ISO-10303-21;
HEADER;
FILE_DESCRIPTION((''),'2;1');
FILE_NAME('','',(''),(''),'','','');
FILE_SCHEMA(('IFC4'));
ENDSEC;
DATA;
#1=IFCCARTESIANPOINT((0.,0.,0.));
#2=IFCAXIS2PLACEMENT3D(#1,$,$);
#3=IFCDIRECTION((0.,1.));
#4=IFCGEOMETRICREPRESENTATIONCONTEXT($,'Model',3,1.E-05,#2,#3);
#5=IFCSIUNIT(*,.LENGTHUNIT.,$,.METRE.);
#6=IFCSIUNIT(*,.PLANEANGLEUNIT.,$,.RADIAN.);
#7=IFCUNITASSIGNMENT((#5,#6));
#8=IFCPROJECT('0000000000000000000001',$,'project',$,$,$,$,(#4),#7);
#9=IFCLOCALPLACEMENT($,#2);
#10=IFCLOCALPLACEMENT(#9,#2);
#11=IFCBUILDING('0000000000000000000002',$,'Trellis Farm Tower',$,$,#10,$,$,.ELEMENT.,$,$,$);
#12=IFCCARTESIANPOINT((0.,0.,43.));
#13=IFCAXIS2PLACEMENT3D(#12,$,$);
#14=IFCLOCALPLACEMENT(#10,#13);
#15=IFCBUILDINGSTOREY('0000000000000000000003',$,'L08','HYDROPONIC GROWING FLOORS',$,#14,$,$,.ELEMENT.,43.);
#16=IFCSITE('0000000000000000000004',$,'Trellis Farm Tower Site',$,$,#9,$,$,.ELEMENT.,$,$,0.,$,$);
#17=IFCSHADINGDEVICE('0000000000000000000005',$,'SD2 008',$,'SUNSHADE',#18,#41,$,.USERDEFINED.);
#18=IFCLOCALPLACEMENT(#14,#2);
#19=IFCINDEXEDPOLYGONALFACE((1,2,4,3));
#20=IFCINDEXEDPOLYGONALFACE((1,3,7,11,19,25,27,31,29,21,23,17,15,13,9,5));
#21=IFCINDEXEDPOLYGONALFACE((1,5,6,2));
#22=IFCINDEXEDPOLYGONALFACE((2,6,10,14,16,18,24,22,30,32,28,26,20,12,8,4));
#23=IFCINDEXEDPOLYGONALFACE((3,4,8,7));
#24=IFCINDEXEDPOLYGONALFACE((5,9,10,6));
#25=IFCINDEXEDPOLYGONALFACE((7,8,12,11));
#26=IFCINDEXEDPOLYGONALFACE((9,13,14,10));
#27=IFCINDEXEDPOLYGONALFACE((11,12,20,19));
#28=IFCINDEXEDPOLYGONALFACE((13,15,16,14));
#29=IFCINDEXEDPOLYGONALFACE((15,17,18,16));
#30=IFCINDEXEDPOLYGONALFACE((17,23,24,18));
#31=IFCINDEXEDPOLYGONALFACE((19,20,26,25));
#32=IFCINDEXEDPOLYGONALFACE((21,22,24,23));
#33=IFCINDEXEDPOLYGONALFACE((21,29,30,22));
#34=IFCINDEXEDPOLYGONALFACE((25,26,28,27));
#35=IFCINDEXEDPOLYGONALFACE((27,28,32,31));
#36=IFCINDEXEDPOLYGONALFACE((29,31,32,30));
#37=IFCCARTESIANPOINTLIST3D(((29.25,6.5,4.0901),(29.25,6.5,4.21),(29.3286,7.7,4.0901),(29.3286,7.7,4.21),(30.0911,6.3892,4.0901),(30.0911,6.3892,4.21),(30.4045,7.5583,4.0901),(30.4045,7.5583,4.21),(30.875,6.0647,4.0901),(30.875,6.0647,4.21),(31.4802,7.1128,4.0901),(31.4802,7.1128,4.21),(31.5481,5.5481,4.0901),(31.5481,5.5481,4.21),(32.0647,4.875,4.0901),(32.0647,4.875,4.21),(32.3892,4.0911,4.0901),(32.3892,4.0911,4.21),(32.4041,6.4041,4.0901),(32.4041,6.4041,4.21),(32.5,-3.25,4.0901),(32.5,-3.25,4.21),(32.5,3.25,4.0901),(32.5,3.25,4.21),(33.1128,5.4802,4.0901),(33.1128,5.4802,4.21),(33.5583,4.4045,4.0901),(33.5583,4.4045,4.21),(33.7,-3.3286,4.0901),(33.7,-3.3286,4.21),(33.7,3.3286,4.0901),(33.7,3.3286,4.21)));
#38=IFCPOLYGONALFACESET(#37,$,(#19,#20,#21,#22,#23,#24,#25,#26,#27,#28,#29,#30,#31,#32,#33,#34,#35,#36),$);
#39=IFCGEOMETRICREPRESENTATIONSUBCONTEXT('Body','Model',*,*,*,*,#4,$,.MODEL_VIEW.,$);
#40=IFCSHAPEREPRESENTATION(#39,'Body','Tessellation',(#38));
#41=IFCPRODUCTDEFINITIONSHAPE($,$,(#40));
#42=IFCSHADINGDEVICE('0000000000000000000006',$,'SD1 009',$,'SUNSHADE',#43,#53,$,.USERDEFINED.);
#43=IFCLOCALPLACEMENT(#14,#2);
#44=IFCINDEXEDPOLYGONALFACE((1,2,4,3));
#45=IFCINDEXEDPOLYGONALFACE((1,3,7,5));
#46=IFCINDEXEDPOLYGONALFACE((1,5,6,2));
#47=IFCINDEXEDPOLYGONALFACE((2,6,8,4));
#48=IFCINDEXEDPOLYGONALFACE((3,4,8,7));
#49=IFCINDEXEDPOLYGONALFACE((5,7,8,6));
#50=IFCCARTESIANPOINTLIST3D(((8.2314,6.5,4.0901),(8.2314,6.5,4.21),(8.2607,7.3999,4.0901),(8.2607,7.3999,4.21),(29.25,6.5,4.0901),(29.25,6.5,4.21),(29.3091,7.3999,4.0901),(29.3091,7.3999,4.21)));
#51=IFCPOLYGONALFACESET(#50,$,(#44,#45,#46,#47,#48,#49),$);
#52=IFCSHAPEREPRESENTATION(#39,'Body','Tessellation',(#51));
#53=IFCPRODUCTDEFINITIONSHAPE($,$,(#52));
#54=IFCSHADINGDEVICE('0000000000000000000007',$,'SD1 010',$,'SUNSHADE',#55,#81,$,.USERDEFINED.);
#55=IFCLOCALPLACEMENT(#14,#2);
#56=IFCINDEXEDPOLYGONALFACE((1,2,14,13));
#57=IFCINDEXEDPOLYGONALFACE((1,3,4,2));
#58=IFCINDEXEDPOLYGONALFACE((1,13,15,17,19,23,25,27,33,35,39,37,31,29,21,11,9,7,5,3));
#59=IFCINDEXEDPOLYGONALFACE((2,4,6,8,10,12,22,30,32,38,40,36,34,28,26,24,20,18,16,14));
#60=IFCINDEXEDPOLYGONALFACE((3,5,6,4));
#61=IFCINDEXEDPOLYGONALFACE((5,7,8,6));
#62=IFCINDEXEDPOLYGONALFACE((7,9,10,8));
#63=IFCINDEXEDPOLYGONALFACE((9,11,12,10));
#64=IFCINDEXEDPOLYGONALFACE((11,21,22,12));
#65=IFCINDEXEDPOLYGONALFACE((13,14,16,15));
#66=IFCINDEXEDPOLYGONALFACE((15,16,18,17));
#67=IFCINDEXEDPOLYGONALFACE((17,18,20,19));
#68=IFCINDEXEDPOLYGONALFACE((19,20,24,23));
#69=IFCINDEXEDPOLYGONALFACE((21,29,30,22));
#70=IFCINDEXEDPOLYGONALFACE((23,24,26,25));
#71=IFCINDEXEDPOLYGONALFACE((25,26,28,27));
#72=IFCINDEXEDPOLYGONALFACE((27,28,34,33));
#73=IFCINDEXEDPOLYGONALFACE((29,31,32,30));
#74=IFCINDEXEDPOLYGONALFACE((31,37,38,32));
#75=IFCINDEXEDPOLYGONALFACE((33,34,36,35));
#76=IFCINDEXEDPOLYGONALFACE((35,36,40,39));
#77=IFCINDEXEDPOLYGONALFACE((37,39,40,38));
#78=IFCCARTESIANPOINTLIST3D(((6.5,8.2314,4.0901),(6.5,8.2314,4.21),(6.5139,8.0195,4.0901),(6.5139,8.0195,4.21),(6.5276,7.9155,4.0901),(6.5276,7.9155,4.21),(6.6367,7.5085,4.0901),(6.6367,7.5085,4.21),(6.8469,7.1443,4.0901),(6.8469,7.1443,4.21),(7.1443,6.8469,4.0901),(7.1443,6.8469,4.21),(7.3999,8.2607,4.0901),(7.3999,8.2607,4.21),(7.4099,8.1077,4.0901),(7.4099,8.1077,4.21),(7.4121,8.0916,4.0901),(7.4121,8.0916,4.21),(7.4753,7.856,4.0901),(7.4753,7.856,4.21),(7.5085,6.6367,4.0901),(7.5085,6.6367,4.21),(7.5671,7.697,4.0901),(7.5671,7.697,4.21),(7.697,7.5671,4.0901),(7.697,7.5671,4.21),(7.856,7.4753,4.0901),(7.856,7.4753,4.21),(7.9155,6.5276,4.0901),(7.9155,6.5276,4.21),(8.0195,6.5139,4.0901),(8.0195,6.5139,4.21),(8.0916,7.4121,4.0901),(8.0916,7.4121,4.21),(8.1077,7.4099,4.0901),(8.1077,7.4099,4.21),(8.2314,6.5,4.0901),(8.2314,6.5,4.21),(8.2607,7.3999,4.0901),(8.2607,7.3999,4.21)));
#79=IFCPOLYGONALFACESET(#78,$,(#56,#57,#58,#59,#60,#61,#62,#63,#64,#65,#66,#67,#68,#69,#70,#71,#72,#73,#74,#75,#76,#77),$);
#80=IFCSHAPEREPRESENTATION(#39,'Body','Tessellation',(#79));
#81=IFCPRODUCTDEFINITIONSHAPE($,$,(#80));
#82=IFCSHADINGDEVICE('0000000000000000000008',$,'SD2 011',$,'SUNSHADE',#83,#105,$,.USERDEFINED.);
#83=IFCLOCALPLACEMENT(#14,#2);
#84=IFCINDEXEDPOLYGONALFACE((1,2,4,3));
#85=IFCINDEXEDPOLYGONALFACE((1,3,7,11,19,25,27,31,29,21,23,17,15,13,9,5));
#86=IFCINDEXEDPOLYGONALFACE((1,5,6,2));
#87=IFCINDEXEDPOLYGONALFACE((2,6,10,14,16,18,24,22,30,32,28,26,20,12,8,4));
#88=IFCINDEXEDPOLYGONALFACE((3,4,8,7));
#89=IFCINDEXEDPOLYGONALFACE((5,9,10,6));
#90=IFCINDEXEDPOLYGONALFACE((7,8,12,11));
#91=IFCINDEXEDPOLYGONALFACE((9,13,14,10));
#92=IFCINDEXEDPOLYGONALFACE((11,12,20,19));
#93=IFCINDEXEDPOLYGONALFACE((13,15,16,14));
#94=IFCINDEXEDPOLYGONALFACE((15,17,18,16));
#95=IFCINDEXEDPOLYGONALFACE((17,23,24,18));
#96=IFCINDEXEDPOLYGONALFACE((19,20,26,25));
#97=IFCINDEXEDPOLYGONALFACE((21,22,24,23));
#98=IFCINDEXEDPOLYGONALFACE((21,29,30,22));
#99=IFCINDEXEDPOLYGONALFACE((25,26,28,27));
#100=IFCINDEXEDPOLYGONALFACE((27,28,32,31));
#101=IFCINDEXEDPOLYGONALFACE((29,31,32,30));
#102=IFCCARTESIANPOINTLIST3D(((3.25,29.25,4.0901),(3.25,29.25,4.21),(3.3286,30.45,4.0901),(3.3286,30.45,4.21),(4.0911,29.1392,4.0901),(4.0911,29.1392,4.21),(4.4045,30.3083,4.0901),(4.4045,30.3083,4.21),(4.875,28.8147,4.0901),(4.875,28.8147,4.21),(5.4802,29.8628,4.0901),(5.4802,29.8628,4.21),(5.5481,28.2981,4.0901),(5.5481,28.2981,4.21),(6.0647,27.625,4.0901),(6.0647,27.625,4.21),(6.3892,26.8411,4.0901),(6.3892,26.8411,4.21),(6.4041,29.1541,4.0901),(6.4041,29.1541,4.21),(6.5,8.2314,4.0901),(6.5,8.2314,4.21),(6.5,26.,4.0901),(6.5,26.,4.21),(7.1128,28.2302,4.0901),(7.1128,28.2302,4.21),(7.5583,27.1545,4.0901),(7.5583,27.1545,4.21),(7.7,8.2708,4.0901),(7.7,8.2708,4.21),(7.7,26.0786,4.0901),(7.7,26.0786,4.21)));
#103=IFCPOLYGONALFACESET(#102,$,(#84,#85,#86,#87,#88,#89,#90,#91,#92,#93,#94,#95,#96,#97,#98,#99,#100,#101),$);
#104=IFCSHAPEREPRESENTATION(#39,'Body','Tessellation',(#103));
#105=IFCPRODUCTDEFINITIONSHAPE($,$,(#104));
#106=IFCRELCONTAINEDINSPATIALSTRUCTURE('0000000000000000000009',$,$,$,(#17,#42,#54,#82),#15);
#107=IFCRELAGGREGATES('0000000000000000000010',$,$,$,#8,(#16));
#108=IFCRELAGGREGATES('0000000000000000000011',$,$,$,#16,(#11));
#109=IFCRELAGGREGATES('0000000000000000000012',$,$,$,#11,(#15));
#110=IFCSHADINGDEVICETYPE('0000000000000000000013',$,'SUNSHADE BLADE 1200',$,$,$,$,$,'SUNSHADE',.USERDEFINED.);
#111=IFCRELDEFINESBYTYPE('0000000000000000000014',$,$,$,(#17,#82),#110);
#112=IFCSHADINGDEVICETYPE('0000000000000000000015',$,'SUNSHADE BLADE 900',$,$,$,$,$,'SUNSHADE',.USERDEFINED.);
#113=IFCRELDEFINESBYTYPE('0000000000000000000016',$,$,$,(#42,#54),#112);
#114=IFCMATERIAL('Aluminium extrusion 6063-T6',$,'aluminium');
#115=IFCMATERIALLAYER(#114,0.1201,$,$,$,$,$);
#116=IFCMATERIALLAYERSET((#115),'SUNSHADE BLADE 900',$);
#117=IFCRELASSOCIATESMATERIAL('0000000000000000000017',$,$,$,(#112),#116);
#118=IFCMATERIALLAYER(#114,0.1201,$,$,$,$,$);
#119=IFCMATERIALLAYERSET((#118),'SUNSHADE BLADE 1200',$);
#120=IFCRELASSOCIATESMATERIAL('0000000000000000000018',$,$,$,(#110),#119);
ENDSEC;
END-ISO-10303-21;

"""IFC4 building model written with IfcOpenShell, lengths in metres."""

from ifc_helpers import new_model, si_unit, direction, frame, origin, place, context, subcontext, project, spatial, polyline, outline, extrude, source, transform, mapped, material, layer, layer_set, type_object, element, save


model = new_model("IFC4")

# Units and contexts
model_context = context("Model", 3, precision=1e-05, world=origin(), true_north=direction((0.0, 1.0)))
body_context = subcontext(model_context, "Body", "Model", "MODEL_VIEW")
ifc_project = project(units=[si_unit("LENGTHUNIT", "METRE"), si_unit("PLANEANGLEUNIT", "RADIAN")], contexts=[model_context])

# Site, building, storey
site_placement = place(None, origin())
site = spatial("IfcSite", under=ifc_project, at=site_placement, Name="Trellis Farm Tower Site", CompositionType="ELEMENT", RefElevation=0.0)
building_placement = place(site_placement, origin())
building = spatial("IfcBuilding", under=site, at=building_placement, Name="Trellis Farm Tower", CompositionType="ELEMENT")
storey_placement = place(building_placement, frame((0.0, 0.0, 43.0)))
storey = spatial("IfcBuildingStorey", under=building, at=storey_placement, Name="L08", Description="HYDROPONIC GROWING FLOORS", CompositionType="ELEMENT", Elevation=43.0)

# Shared definitions
ifc_material_1 = material(Name="Aluminium extrusion 6063-T6", Category="aluminium")

# Shading devices
ifc_layer_1 = layer(ifc_material_1, 0.1201)
ifc_layer_set_1 = layer_set([ifc_layer_1], Name="SUNSHADE BLADE 900")
shading_device_type_1 = type_object("IfcShadingDeviceType", Name="SUNSHADE BLADE 900", ElementType="SUNSHADE", PredefinedType="USERDEFINED", material=ifc_layer_set_1)
placement_1 = place(storey_placement, frame((0.0, 0.0, 4.0901)))
ifc_layer_2 = layer(ifc_material_1, 0.1201)
ifc_layer_set_2 = layer_set([ifc_layer_2], Name="SUNSHADE BLADE 1200")
shading_device_type_2 = type_object("IfcShadingDeviceType", Name="SUNSHADE BLADE 1200", ElementType="SUNSHADE", PredefinedType="USERDEFINED", material=ifc_layer_set_2)
shared_shape_1 = source(origin(), body_context, "Body", "SweptSolid", [
    extrude(outline(polyline([(33.7, -3.3286), (33.7, 3.3286), (33.5583, 4.4045), (33.1128, 5.4802), (32.4041, 6.4041), (31.4802, 7.1128), (30.4045, 7.5583), (29.3286, 7.7), (29.25, 6.5), (30.0911, 6.3892), (30.875, 6.0647), (31.5481, 5.5481), (32.0647, 4.875), (32.3892, 4.0911), (32.5, 3.25), (32.5, -3.25), (33.7, -3.3286)])), origin(), (0.0, 0.0, 1.0), 0.1199),
])
element("IfcShadingDevice", 1, at=placement_1, inside=storey, type_object=shading_device_type_2, Name="SD2 008", ObjectType="SUNSHADE", PredefinedType="USERDEFINED", context=body_context, shape_type="MappedRepresentation", body=[
    mapped(shared_shape_1, transform((0.0, 0.0, 0.0))),
])
shared_shape_2 = source(origin(), body_context, "Body", "SweptSolid", [
    extrude(outline(polyline([(29.3091, 7.3999), (8.2607, 7.3999), (8.2314, 6.5), (29.25, 6.5), (29.3091, 7.3999)])), origin(), (0.0, 0.0, 1.0), 0.1199),
])
element("IfcShadingDevice", 2, at=placement_1, inside=storey, type_object=shading_device_type_1, Name="SD1 009", ObjectType="SUNSHADE", PredefinedType="USERDEFINED", context=body_context, shape_type="MappedRepresentation", body=[
    mapped(shared_shape_2, transform((0.0, 0.0, 0.0))),
])
shared_shape_3 = source(origin(), body_context, "Body", "SweptSolid", [
    extrude(outline(polyline([(8.2607, 7.3999), (8.1077, 7.4099), (8.0916, 7.4121), (7.856, 7.4753), (7.697, 7.5671), (7.5671, 7.697), (7.4753, 7.856), (7.4121, 8.0916), (7.4099, 8.1077), (7.3999, 8.2607), (6.5, 8.2314), (6.5139, 8.0195), (6.5276, 7.9155), (6.6367, 7.5085), (6.8469, 7.1443), (7.1443, 6.8469), (7.5085, 6.6367), (7.9155, 6.5276), (8.0195, 6.5139), (8.2314, 6.5), (8.2607, 7.3999)])), origin(), (0.0, 0.0, 1.0), 0.1199),
])
element("IfcShadingDevice", 3, at=placement_1, inside=storey, type_object=shading_device_type_1, Name="SD1 010", ObjectType="SUNSHADE", PredefinedType="USERDEFINED", context=body_context, shape_type="MappedRepresentation", body=[
    mapped(shared_shape_3, transform((0.0, 0.0, 0.0))),
])
shared_shape_4 = source(origin(), body_context, "Body", "SweptSolid", [
    extrude(outline(polyline([(7.7, 8.2708), (7.7, 26.0786), (7.5583, 27.1545), (7.1128, 28.2302), (6.4041, 29.1541), (5.4802, 29.8628), (4.4045, 30.3083), (3.3286, 30.45), (3.25, 29.25), (4.0911, 29.1392), (4.875, 28.8147), (5.5481, 28.2981), (6.0647, 27.625), (6.3892, 26.8411), (6.5, 26.0), (6.5, 8.2314), (7.7, 8.2708)])), origin(), (0.0, 0.0, 1.0), 0.1199),
])
element("IfcShadingDevice", 4, at=placement_1, inside=storey, type_object=shading_device_type_2, Name="SD2 011", ObjectType="SUNSHADE", PredefinedType="USERDEFINED", context=body_context, shape_type="MappedRepresentation", body=[
    mapped(shared_shape_4, transform((0.0, 0.0, 0.0))),
])

save(model, "model.ifc")
